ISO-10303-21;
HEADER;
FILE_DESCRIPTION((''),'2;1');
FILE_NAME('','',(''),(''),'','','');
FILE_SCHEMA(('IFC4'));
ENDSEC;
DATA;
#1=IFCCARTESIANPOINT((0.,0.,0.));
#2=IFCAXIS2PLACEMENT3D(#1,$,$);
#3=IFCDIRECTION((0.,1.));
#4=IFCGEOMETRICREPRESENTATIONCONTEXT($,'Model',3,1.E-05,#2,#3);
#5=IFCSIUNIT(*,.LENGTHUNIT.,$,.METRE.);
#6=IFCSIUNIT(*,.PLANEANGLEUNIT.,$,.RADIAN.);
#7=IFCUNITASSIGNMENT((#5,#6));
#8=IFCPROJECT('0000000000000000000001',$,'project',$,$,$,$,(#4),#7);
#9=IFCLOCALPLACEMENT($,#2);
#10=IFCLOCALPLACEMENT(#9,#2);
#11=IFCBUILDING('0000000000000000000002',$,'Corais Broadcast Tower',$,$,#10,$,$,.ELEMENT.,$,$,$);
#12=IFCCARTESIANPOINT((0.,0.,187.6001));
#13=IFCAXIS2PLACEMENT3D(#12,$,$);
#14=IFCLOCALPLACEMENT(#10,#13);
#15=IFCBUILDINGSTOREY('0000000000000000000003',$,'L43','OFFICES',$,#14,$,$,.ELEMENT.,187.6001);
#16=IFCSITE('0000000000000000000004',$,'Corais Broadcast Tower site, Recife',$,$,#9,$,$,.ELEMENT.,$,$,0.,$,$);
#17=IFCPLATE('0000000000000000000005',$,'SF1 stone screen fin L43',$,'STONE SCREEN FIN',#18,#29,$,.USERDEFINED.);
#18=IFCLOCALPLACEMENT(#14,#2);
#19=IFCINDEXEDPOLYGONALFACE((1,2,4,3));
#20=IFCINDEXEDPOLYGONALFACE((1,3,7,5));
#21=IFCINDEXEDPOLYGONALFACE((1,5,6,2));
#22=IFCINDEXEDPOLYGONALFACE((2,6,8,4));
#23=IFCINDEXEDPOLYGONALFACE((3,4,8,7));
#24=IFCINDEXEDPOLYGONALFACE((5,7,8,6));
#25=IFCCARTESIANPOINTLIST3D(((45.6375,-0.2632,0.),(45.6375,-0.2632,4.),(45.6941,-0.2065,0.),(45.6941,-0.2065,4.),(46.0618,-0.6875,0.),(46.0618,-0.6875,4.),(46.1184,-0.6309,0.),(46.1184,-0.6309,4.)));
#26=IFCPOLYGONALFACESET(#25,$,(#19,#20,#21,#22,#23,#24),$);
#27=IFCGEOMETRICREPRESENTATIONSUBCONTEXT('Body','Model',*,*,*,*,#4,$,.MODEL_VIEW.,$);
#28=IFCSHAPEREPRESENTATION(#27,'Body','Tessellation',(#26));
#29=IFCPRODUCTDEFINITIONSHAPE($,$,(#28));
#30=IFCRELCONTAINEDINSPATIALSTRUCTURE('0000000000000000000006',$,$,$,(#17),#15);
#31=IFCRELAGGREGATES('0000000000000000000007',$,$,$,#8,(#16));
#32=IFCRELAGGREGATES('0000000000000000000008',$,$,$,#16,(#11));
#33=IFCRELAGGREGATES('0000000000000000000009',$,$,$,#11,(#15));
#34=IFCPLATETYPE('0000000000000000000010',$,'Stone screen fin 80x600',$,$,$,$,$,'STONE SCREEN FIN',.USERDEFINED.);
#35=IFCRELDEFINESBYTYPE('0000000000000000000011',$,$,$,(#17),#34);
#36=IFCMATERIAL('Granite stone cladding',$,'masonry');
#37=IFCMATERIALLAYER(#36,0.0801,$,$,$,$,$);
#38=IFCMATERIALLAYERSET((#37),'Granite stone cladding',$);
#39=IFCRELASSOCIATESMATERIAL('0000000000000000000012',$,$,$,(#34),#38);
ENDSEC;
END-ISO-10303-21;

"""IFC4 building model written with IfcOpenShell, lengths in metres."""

from ifc_helpers import new_model, si_unit, direction, frame, origin, origin_2d, place, context, subcontext, project, spatial, rectangle, extrude, material, layer, layer_set, type_object, element, save


model = new_model("IFC4")

# Units and contexts
model_context = context("Model", 3, precision=1e-05, world=origin(), true_north=direction((0.0, 1.0)))
body_context = subcontext(model_context, "Body", "Model", "MODEL_VIEW")
ifc_project = project(units=[si_unit("LENGTHUNIT", "METRE"), si_unit("PLANEANGLEUNIT", "RADIAN")], contexts=[model_context])

# Site, building, storey
site_placement = place(None, origin())
site = spatial("IfcSite", under=ifc_project, at=site_placement, Name="Corais Broadcast Tower site, Recife", CompositionType="ELEMENT", RefElevation=0.0)
building_placement = place(site_placement, origin())
building = spatial("IfcBuilding", under=site, at=building_placement, Name="Corais Broadcast Tower", CompositionType="ELEMENT")
storey_placement = place(building_placement, frame((0.0, 0.0, 187.6001)))
storey = spatial("IfcBuildingStorey", under=building, at=storey_placement, Name="L43", Description="OFFICES", CompositionType="ELEMENT", Elevation=187.6001)

# Plate
ifc_material_1 = material(Name="Granite stone cladding", Category="masonry")
ifc_layer_1 = layer(ifc_material_1, 0.0801)
ifc_layer_set_1 = layer_set([ifc_layer_1], Name="Granite stone cladding")
plate_type_1 = type_object("IfcPlateType", Name="Stone screen fin 80x600", ElementType="STONE SCREEN FIN", PredefinedType="USERDEFINED", material=ifc_layer_set_1)
for number, where, z_axis, x_axis, name in (
    (1, (45.8779, -0.447, 0.0), (0.0, 0.0, 1.0), (-0.707107, -0.707107, 0.0), "SF1 stone screen fin L43"),
):
    element("IfcPlate", number, at=place(storey_placement, frame(where, z_axis=z_axis, x_axis=x_axis)), inside=storey, type_object=plate_type_1, Name=name, ObjectType="STONE SCREEN FIN", PredefinedType="USERDEFINED", context=body_context, shape_type="SweptSolid", body=[
        extrude(rectangle(XDim=0.0801, YDim=0.6001, at=origin_2d()), origin(), (0.0, 0.0, 1.0), 4.0),
    ])

save(model, "model.ifc")
